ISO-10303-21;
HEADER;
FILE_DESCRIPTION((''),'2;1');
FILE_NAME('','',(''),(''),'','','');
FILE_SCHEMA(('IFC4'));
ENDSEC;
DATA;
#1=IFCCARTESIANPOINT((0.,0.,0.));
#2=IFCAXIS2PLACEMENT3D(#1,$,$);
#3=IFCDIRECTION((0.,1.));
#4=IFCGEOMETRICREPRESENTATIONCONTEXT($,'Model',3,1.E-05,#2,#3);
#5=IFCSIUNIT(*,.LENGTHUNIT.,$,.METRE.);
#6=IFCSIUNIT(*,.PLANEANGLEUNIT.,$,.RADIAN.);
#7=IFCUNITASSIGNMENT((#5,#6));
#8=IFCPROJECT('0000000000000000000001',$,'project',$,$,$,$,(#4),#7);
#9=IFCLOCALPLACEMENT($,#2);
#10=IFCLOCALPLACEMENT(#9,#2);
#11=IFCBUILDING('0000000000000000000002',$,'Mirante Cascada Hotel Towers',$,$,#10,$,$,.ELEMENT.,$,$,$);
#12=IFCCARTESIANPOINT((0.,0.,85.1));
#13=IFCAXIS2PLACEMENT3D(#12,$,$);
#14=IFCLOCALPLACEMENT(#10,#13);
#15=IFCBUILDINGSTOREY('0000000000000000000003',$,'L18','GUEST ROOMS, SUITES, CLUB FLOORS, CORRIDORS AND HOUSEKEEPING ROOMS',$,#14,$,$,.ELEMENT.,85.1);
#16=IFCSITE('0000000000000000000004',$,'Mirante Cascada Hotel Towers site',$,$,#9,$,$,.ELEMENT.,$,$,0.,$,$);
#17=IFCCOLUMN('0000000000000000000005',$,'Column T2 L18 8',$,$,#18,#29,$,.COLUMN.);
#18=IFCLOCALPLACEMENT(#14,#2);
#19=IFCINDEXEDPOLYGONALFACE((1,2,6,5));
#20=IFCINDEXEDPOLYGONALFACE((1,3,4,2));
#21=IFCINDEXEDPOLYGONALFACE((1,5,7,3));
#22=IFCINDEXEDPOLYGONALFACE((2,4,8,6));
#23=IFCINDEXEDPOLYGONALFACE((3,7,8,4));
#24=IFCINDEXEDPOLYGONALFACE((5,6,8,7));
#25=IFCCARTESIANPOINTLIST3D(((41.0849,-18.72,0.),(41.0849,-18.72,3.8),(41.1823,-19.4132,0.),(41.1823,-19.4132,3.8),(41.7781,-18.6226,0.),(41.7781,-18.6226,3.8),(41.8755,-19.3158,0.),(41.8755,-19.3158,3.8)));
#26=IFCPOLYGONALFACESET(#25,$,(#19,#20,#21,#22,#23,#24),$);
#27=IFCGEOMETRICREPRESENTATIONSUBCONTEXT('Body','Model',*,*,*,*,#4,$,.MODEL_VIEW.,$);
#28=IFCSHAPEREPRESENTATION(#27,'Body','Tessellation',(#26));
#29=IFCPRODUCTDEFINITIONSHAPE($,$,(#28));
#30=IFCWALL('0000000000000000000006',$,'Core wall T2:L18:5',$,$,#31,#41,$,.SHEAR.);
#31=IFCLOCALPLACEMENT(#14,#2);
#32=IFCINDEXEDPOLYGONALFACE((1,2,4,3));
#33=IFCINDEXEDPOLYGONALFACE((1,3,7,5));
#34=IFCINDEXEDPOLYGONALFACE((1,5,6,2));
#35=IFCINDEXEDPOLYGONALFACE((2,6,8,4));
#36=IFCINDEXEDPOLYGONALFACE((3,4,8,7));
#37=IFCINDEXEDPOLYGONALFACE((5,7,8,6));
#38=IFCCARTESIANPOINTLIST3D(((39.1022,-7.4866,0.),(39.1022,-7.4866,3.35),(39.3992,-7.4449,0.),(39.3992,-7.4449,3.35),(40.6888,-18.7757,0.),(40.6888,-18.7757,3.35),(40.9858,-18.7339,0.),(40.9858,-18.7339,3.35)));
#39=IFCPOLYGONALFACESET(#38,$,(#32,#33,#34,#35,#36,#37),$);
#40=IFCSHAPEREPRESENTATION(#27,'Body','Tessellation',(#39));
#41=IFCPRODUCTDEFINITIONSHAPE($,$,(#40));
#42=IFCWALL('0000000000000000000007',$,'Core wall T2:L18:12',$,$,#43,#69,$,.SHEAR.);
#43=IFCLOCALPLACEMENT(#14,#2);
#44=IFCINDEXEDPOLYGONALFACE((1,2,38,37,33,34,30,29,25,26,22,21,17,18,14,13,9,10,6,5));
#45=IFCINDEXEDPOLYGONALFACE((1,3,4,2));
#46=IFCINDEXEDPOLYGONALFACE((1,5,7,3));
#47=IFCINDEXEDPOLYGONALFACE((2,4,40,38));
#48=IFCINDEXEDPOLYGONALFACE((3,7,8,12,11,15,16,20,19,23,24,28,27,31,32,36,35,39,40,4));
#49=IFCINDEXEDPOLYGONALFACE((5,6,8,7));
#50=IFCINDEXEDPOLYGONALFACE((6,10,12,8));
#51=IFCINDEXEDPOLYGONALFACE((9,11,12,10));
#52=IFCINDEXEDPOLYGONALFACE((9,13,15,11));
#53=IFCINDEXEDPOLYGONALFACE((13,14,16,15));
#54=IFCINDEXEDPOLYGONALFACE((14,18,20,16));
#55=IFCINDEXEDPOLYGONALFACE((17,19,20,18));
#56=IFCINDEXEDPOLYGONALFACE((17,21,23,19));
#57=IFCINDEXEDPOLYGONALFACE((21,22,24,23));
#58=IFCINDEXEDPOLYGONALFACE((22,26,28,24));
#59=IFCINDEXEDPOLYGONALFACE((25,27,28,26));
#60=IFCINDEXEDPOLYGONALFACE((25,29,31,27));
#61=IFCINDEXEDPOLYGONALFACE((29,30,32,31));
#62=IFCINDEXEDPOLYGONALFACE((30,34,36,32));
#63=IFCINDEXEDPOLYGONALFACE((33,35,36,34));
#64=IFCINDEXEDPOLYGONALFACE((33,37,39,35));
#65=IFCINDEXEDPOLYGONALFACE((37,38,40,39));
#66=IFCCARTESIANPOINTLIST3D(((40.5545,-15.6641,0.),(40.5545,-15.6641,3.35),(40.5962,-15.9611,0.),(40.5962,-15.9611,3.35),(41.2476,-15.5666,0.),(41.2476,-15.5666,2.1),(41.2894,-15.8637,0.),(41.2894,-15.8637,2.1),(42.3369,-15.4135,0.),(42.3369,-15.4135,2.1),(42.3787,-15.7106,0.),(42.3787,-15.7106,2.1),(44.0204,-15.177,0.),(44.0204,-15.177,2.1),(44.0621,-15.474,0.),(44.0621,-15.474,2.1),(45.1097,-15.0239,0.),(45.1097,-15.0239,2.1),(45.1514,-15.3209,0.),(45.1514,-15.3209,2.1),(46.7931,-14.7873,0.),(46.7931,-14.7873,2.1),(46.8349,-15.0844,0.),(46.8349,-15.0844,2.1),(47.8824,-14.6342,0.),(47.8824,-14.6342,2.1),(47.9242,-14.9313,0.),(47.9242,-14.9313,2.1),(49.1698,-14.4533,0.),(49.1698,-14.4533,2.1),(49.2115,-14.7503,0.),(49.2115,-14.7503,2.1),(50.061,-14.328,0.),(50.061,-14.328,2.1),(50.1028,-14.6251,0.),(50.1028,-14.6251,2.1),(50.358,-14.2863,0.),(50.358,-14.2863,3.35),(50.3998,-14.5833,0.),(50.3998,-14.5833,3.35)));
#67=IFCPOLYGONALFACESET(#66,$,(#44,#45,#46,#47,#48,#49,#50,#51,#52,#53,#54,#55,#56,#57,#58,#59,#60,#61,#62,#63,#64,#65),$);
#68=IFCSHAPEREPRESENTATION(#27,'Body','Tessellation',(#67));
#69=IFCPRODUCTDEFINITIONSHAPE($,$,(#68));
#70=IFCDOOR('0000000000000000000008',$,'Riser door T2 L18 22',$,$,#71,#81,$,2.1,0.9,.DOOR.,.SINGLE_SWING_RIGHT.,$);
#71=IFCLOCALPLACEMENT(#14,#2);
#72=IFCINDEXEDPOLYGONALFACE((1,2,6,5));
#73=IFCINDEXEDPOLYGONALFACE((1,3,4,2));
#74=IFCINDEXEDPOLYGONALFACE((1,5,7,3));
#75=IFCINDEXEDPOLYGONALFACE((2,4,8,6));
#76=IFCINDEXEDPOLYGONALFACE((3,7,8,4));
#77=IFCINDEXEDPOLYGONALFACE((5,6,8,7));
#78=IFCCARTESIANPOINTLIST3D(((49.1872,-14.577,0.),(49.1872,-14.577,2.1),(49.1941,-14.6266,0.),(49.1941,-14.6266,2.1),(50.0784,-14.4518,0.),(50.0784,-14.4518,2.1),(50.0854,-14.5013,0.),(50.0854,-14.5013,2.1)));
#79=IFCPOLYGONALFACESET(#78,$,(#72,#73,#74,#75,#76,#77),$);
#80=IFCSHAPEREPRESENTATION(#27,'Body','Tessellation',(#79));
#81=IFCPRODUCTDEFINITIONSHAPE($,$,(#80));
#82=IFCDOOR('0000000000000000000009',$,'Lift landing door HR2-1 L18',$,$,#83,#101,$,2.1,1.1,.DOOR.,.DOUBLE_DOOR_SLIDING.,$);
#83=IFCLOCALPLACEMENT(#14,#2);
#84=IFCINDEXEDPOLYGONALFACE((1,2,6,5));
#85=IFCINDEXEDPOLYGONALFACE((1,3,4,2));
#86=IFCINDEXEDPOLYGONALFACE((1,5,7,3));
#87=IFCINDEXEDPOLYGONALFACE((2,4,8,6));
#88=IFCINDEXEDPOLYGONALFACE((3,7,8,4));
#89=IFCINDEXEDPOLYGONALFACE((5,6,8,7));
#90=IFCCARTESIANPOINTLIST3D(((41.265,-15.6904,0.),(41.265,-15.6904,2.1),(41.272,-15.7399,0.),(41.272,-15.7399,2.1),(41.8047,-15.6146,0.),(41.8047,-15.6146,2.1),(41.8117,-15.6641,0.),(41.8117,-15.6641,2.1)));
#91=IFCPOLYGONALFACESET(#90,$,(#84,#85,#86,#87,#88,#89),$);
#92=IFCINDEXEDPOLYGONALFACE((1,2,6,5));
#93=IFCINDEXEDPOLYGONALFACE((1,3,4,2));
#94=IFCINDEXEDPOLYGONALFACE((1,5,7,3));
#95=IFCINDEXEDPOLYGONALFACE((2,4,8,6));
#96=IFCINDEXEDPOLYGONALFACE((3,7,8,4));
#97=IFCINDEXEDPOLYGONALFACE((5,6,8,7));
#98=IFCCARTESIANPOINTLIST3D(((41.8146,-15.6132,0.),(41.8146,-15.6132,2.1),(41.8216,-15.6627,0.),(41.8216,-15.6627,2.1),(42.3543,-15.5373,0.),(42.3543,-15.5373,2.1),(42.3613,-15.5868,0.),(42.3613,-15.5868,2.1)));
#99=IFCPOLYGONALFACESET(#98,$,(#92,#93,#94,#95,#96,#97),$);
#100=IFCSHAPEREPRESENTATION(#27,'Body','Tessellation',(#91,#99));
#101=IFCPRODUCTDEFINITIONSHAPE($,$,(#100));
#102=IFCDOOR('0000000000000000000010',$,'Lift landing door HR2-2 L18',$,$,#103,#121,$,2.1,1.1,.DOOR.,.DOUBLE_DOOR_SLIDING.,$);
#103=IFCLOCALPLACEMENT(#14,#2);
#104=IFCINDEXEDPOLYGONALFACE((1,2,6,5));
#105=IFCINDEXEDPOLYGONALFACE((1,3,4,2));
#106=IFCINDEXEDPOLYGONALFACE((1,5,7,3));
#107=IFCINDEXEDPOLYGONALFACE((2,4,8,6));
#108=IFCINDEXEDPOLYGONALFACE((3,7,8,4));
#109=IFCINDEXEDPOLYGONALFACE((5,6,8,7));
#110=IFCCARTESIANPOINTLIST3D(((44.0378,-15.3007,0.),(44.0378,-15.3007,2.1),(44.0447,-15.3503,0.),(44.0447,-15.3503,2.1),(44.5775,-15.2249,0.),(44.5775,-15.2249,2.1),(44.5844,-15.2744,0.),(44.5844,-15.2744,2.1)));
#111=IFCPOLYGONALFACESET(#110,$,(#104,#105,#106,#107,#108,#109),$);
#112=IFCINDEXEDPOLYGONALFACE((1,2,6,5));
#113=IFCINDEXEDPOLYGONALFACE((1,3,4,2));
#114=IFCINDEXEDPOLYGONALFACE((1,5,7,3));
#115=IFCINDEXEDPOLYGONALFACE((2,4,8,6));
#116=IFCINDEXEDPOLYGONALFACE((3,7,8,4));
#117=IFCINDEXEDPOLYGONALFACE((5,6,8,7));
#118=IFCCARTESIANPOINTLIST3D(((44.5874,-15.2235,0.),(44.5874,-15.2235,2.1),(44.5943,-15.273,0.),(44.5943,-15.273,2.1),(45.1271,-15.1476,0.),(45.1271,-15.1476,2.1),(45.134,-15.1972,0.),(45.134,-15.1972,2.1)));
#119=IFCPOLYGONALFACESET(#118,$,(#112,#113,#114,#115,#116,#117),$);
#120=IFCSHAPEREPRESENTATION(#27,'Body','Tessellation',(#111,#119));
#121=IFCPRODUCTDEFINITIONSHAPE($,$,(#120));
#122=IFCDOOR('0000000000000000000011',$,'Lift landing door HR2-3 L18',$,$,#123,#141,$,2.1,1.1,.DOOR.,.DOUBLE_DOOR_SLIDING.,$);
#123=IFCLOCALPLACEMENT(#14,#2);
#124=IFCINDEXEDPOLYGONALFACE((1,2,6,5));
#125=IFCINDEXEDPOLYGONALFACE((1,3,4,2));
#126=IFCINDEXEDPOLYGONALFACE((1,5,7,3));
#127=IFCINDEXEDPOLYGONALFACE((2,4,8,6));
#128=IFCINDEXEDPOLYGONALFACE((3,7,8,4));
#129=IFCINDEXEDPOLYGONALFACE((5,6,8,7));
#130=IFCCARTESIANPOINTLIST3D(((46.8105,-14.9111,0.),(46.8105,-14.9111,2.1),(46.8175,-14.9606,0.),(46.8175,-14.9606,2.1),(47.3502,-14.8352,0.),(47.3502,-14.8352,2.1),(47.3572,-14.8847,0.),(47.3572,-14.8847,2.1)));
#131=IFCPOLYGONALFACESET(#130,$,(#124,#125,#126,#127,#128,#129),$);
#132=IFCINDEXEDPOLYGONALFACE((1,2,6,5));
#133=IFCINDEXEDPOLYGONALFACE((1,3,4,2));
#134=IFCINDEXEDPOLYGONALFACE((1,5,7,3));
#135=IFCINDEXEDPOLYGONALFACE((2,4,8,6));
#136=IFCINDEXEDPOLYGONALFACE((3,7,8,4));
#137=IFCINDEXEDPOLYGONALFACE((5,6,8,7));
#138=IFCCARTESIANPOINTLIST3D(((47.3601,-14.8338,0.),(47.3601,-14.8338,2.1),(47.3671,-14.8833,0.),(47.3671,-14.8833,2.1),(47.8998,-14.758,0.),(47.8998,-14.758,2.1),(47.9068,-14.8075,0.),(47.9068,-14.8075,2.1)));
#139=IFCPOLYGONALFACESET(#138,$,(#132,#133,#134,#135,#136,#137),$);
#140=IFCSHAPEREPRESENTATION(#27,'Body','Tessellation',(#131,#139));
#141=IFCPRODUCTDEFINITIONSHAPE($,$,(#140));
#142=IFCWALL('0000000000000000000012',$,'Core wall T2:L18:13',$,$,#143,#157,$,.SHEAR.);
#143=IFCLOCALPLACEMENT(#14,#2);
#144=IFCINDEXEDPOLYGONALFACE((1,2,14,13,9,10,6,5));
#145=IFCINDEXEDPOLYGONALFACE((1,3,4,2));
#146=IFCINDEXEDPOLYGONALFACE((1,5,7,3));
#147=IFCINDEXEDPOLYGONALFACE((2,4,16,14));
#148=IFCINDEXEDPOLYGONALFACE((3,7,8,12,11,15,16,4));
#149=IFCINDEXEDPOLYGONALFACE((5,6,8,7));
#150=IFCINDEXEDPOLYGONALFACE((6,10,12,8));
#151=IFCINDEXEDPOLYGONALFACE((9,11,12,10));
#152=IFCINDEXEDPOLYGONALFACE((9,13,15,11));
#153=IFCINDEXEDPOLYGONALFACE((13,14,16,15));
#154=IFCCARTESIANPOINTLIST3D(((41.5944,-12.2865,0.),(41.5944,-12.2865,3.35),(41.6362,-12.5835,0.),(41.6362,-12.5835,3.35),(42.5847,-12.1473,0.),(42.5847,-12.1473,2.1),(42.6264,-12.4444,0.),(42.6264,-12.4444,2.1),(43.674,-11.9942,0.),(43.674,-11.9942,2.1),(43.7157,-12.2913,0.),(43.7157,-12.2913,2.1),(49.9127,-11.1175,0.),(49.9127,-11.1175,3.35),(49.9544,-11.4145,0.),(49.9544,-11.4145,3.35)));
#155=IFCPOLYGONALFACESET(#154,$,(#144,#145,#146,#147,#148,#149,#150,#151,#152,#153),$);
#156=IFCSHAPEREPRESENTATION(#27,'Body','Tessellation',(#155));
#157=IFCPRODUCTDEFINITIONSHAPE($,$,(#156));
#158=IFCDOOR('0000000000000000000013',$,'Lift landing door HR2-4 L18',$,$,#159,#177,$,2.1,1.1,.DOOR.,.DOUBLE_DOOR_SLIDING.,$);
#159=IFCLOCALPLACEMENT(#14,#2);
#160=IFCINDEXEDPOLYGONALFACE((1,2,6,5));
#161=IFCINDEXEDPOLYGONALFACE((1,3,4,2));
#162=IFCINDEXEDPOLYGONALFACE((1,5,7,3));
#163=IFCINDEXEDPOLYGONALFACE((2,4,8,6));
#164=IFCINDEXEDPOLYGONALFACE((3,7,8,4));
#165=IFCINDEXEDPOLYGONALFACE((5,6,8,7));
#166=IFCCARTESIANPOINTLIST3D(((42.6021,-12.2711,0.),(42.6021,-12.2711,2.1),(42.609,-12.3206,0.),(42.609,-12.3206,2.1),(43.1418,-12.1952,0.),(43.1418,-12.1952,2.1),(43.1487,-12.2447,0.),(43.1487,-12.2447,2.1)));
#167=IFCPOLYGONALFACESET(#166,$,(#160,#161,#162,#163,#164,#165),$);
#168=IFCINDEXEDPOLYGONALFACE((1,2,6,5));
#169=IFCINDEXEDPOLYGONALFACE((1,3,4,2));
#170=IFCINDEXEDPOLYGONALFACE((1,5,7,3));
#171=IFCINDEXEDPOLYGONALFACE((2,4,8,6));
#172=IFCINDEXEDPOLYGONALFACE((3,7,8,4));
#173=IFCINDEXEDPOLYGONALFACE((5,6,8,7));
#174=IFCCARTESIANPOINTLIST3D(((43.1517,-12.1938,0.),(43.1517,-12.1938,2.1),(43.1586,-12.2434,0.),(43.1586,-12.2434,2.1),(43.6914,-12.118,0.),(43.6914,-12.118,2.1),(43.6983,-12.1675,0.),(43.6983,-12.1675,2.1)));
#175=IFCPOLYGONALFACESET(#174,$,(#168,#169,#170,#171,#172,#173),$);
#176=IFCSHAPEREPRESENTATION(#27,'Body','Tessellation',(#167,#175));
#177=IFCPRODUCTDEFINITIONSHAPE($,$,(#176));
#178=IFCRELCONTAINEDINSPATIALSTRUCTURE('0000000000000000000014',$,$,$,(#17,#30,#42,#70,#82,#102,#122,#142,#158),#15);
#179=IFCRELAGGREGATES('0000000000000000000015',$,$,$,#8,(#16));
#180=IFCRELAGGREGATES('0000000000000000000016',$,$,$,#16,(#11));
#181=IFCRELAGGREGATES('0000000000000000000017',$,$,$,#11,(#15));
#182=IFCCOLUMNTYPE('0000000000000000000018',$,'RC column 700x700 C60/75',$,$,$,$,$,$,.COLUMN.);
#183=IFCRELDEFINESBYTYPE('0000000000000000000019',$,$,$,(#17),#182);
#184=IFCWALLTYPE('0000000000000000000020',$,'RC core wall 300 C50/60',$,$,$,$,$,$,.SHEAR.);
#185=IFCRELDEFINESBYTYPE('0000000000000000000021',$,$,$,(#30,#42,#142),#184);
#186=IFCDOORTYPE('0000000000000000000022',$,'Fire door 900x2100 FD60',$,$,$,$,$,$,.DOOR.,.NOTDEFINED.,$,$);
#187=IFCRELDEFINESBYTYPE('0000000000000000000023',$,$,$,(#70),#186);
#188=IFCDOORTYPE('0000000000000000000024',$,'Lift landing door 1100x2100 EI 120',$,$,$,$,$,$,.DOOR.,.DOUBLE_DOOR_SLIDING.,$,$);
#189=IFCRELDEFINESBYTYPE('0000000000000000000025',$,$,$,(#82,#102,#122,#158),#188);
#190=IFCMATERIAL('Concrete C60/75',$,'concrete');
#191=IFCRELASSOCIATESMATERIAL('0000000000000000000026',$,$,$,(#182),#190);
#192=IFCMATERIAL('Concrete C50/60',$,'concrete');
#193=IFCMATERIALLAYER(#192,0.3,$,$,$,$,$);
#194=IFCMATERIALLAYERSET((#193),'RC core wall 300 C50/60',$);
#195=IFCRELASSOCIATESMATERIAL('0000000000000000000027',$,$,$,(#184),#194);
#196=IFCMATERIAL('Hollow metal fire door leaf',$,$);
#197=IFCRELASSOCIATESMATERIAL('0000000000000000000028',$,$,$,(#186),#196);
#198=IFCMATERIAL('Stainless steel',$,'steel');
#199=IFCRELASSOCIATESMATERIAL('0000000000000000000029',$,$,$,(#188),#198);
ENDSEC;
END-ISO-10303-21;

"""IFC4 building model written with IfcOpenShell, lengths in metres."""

from ifc_helpers import new_model, si_unit, direction, frame, frame_2d, origin, origin_2d, place, context, subcontext, project, spatial, rectangle, extrude, material, layer, layer_set, material_profile, profile_set, type_object, element, fill, save


model = new_model("IFC4")

# Units and contexts
model_context = context("Model", 3, precision=1e-05, world=origin(), true_north=direction((0.0, 1.0)))
body_context = subcontext(model_context, "Body", "Model", "MODEL_VIEW")
ifc_project = project(units=[si_unit("LENGTHUNIT", "METRE"), si_unit("PLANEANGLEUNIT", "RADIAN")], contexts=[model_context])

# Site, building, storey
site_placement = place(None, origin())
site = spatial("IfcSite", under=ifc_project, at=site_placement, Name="Mirante Cascada Hotel Towers site", CompositionType="ELEMENT", RefElevation=0.0)
building_placement = place(site_placement, origin())
building = spatial("IfcBuilding", under=site, at=building_placement, Name="Mirante Cascada Hotel Towers", CompositionType="ELEMENT")
storey_placement = place(building_placement, frame((0.0, 0.0, 85.1)))
storey = spatial("IfcBuildingStorey", under=building, at=storey_placement, Name="L18", Description="GUEST ROOMS, SUITES, CLUB FLOORS, CORRIDORS AND HOUSEKEEPING ROOMS", CompositionType="ELEMENT", Elevation=85.1)

# Column
ifc_material_1 = material(Name="Concrete C60/75", Category="concrete")
ifc_material_profile = material_profile(ifc_material_1, rectangle(XDim=0.7, YDim=0.7, at=origin_2d()), Name="RC column 700x700 C60/75")
ifc_profile_set = profile_set([ifc_material_profile], Name="Concrete C60/75")
column_type = type_object("IfcColumnType", Name="RC column 700x700 C60/75", PredefinedType="COLUMN", material=ifc_profile_set)
column_placement = place(storey_placement, frame((41.4802, -19.0179, 0.0), z_axis=(0.0, 0.0, 1.0), x_axis=(0.990268, 0.139173, 0.0)))
element("IfcColumn", 1, at=column_placement, inside=storey, type_object=column_type, Name="Column T2 L18 8", PredefinedType="COLUMN", context=body_context, shape_type="SweptSolid", body=[
    extrude(rectangle(XDim=0.7, YDim=0.7, at=origin_2d()), origin(), (0.0, 0.0, 1.0), 3.8),
])

# Wall
ifc_material_2 = material(Name="Concrete C50/60", Category="concrete")
ifc_layer_1 = layer(ifc_material_2, 0.3)
ifc_layer_set_1 = layer_set([ifc_layer_1], Name="RC core wall 300 C50/60")
wall_type_1 = type_object("IfcWallType", Name="RC core wall 300 C50/60", PredefinedType="SHEAR", material=ifc_layer_set_1)
wall_1_placement = place(storey_placement, frame((40.8373, -18.7548, 0.0), z_axis=(0.0, 0.0, 1.0), x_axis=(-0.139175, 0.990268, 0.0)))
element("IfcWall", 2, at=wall_1_placement, inside=storey, type_object=wall_type_1, Name="Core wall T2:L18:5", PredefinedType="SHEAR", context=body_context, shape_type="SweptSolid", body=[
    extrude(rectangle(XDim=11.4, YDim=0.3, at=frame_2d((5.7, 0.0))), origin(), (0.0, 0.0, 1.0), 3.35),
])

# Wall, openings, doors
wall_2_placement = place(storey_placement, frame((40.5753, -15.8126, 0.0), z_axis=(0.0, 0.0, 1.0), x_axis=(0.990268, 0.139173, 0.0)))
wall_2 = element("IfcWall", 3, at=wall_2_placement, inside=storey, type_object=wall_type_1, Name="Core wall T2:L18:12", PredefinedType="SHEAR", context=body_context, shape_type="SweptSolid", body=[
    extrude(rectangle(XDim=9.8999, YDim=0.3, at=frame_2d((4.95, 0.0))), origin(), (0.0, 0.0, 1.0), 3.35),
])
opening_1_placement = place(wall_2_placement, frame((0.7, 0.0, 0.0)))
opening_1 = element("IfcOpeningElement", 4, at=opening_1_placement, cuts=wall_2, PredefinedType="OPENING", context=body_context, shape_type="SweptSolid", body=[
    extrude(rectangle(XDim=1.1, YDim=2.1, at=frame_2d((0.55, 1.05))), frame((0.0, 0.15, 0.0), z_axis=(0.0, -1.0, 0.0), x_axis=(1.0, 0.0, 0.0)), (0.0, 0.0, 1.0), 0.3),
])
opening_2_placement = place(wall_2_placement, frame((3.5, 0.0, 0.0)))
opening_2 = element("IfcOpeningElement", 5, at=opening_2_placement, cuts=wall_2, PredefinedType="OPENING", context=body_context, shape_type="SweptSolid", body=[
    extrude(rectangle(XDim=1.1, YDim=2.1, at=frame_2d((0.55, 1.05))), frame((0.0, 0.15, 0.0), z_axis=(0.0, -1.0, 0.0), x_axis=(1.0, 0.0, 0.0)), (0.0, 0.0, 1.0), 0.3),
])
opening_3_placement = place(wall_2_placement, frame((6.3, 0.0, 0.0)))
opening_3 = element("IfcOpeningElement", 6, at=opening_3_placement, cuts=wall_2, PredefinedType="OPENING", context=body_context, shape_type="SweptSolid", body=[
    extrude(rectangle(XDim=1.1, YDim=2.1, at=frame_2d((0.55, 1.05))), frame((0.0, 0.15, 0.0), z_axis=(0.0, -1.0, 0.0), x_axis=(1.0, 0.0, 0.0)), (0.0, 0.0, 1.0), 0.3),
])
opening_4_placement = place(wall_2_placement, frame((8.7, 0.0, 0.0)))
opening_4 = element("IfcOpeningElement", 7, at=opening_4_placement, cuts=wall_2, PredefinedType="OPENING", context=body_context, shape_type="SweptSolid", body=[
    extrude(rectangle(XDim=0.9, YDim=2.1, at=frame_2d((0.45, 1.05))), frame((0.0, 0.15, 0.0), z_axis=(0.0, -1.0, 0.0), x_axis=(1.0, 0.0, 0.0)), (0.0, 0.0, 1.0), 0.3),
])
ifc_material_3 = material(Name="Hollow metal fire door leaf")
door_type_1 = type_object("IfcDoorType", Name="Fire door 900x2100 FD60", OperationType="NOTDEFINED", PredefinedType="DOOR", material=ifc_material_3)
door_1_placement = place(opening_4_placement, frame((0.9, 0.0, 0.0), z_axis=(0.0, 0.0, 1.0), x_axis=(-1.0, 0.0, 0.0)))
door_1 = element("IfcDoor", 8, at=door_1_placement, inside=storey, type_object=door_type_1, Name="Riser door T2 L18 22", OperationType="SINGLE_SWING_RIGHT", OverallHeight=2.1, OverallWidth=0.9, PredefinedType="DOOR", context=body_context, shape_type="SweptSolid", body=[
    extrude(rectangle(XDim=0.9, YDim=2.1, at=frame_2d((0.45, 1.05))), frame((0.0, 0.025, 0.0), z_axis=(0.0, -1.0, 0.0), x_axis=(1.0, 0.0, 0.0)), (0.0, 0.0, 1.0), 0.05),
])
fill(opening_4, door_1)
ifc_material_4 = material(Name="Stainless steel", Category="steel")
door_type_2 = type_object("IfcDoorType", Name="Lift landing door 1100x2100 EI 120", OperationType="DOUBLE_DOOR_SLIDING", PredefinedType="DOOR", material=ifc_material_4)
door_2_placement = place(opening_1_placement, origin())
door_2 = element("IfcDoor", 9, at=door_2_placement, inside=storey, type_object=door_type_2, Name="Lift landing door HR2-1 L18", OperationType="DOUBLE_DOOR_SLIDING", OverallHeight=2.1, OverallWidth=1.1, PredefinedType="DOOR", context=body_context, shape_type="SweptSolid", body=[
    extrude(rectangle(XDim=0.545, YDim=2.1, at=frame_2d((0.2725, 1.05))), frame((0.0, 0.025, 0.0), z_axis=(0.0, -1.0, 0.0), x_axis=(1.0, 0.0, 0.0)), (0.0, 0.0, 1.0), 0.05),
    extrude(rectangle(XDim=0.545, YDim=2.1, at=frame_2d((0.8275, 1.05))), frame((0.0, 0.025, 0.0), z_axis=(0.0, -1.0, 0.0), x_axis=(1.0, 0.0, 0.0)), (0.0, 0.0, 1.0), 0.05),
])
fill(opening_1, door_2)
door_3_placement = place(opening_2_placement, origin())
door_3 = element("IfcDoor", 10, at=door_3_placement, inside=storey, type_object=door_type_2, Name="Lift landing door HR2-2 L18", OperationType="DOUBLE_DOOR_SLIDING", OverallHeight=2.1, OverallWidth=1.1, PredefinedType="DOOR", context=body_context, shape_type="SweptSolid", body=[
    extrude(rectangle(XDim=0.545, YDim=2.1, at=frame_2d((0.2725, 1.05))), frame((0.0, 0.025, 0.0), z_axis=(0.0, -1.0, 0.0), x_axis=(1.0, 0.0, 0.0)), (0.0, 0.0, 1.0), 0.05),
    extrude(rectangle(XDim=0.545, YDim=2.1, at=frame_2d((0.8275, 1.05))), frame((0.0, 0.025, 0.0), z_axis=(0.0, -1.0, 0.0), x_axis=(1.0, 0.0, 0.0)), (0.0, 0.0, 1.0), 0.05),
])
fill(opening_2, door_3)
door_4_placement = place(opening_3_placement, origin())
door_4 = element("IfcDoor", 11, at=door_4_placement, inside=storey, type_object=door_type_2, Name="Lift landing door HR2-3 L18", OperationType="DOUBLE_DOOR_SLIDING", OverallHeight=2.1, OverallWidth=1.1, PredefinedType="DOOR", context=body_context, shape_type="SweptSolid", body=[
    extrude(rectangle(XDim=0.545, YDim=2.1, at=frame_2d((0.2725, 1.05))), frame((0.0, 0.025, 0.0), z_axis=(0.0, -1.0, 0.0), x_axis=(1.0, 0.0, 0.0)), (0.0, 0.0, 1.0), 0.05),
    extrude(rectangle(XDim=0.545, YDim=2.1, at=frame_2d((0.8275, 1.05))), frame((0.0, 0.025, 0.0), z_axis=(0.0, -1.0, 0.0), x_axis=(1.0, 0.0, 0.0)), (0.0, 0.0, 1.0), 0.05),
])
fill(opening_3, door_4)

# Wall, opening, door
wall_3_placement = place(storey_placement, frame((41.6153, -12.435, 0.0), z_axis=(0.0, 0.0, 1.0), x_axis=(0.990269, 0.139166, 0.0)))
wall_3 = element("IfcWall", 12, at=wall_3_placement, inside=storey, type_object=wall_type_1, Name="Core wall T2:L18:13", PredefinedType="SHEAR", context=body_context, shape_type="SweptSolid", body=[
    extrude(rectangle(XDim=8.4, YDim=0.3, at=frame_2d((4.2, 0.0))), origin(), (0.0, 0.0, 1.0), 3.35),
])
opening_5_placement = place(wall_3_placement, frame((1.0, 0.0, 0.0)))
opening_5 = element("IfcOpeningElement", 13, at=opening_5_placement, cuts=wall_3, PredefinedType="OPENING", context=body_context, shape_type="SweptSolid", body=[
    extrude(rectangle(XDim=1.1, YDim=2.1, at=frame_2d((0.55, 1.05))), frame((0.0, 0.15, 0.0), z_axis=(0.0, -1.0, 0.0), x_axis=(1.0, 0.0, 0.0)), (0.0, 0.0, 1.0), 0.3),
])
door_5_placement = place(opening_5_placement, origin())
door_5 = element("IfcDoor", 14, at=door_5_placement, inside=storey, type_object=door_type_2, Name="Lift landing door HR2-4 L18", OperationType="DOUBLE_DOOR_SLIDING", OverallHeight=2.1, OverallWidth=1.1, PredefinedType="DOOR", context=body_context, shape_type="SweptSolid", body=[
    extrude(rectangle(XDim=0.545, YDim=2.1, at=frame_2d((0.2725, 1.05))), frame((0.0, 0.025, 0.0), z_axis=(0.0, -1.0, 0.0), x_axis=(1.0, 0.0, 0.0)), (0.0, 0.0, 1.0), 0.05),
    extrude(rectangle(XDim=0.545, YDim=2.1, at=frame_2d((0.8275, 1.05))), frame((0.0, 0.025, 0.0), z_axis=(0.0, -1.0, 0.0), x_axis=(1.0, 0.0, 0.0)), (0.0, 0.0, 1.0), 0.05),
])
fill(opening_5, door_5)

save(model, "model.ifc")
